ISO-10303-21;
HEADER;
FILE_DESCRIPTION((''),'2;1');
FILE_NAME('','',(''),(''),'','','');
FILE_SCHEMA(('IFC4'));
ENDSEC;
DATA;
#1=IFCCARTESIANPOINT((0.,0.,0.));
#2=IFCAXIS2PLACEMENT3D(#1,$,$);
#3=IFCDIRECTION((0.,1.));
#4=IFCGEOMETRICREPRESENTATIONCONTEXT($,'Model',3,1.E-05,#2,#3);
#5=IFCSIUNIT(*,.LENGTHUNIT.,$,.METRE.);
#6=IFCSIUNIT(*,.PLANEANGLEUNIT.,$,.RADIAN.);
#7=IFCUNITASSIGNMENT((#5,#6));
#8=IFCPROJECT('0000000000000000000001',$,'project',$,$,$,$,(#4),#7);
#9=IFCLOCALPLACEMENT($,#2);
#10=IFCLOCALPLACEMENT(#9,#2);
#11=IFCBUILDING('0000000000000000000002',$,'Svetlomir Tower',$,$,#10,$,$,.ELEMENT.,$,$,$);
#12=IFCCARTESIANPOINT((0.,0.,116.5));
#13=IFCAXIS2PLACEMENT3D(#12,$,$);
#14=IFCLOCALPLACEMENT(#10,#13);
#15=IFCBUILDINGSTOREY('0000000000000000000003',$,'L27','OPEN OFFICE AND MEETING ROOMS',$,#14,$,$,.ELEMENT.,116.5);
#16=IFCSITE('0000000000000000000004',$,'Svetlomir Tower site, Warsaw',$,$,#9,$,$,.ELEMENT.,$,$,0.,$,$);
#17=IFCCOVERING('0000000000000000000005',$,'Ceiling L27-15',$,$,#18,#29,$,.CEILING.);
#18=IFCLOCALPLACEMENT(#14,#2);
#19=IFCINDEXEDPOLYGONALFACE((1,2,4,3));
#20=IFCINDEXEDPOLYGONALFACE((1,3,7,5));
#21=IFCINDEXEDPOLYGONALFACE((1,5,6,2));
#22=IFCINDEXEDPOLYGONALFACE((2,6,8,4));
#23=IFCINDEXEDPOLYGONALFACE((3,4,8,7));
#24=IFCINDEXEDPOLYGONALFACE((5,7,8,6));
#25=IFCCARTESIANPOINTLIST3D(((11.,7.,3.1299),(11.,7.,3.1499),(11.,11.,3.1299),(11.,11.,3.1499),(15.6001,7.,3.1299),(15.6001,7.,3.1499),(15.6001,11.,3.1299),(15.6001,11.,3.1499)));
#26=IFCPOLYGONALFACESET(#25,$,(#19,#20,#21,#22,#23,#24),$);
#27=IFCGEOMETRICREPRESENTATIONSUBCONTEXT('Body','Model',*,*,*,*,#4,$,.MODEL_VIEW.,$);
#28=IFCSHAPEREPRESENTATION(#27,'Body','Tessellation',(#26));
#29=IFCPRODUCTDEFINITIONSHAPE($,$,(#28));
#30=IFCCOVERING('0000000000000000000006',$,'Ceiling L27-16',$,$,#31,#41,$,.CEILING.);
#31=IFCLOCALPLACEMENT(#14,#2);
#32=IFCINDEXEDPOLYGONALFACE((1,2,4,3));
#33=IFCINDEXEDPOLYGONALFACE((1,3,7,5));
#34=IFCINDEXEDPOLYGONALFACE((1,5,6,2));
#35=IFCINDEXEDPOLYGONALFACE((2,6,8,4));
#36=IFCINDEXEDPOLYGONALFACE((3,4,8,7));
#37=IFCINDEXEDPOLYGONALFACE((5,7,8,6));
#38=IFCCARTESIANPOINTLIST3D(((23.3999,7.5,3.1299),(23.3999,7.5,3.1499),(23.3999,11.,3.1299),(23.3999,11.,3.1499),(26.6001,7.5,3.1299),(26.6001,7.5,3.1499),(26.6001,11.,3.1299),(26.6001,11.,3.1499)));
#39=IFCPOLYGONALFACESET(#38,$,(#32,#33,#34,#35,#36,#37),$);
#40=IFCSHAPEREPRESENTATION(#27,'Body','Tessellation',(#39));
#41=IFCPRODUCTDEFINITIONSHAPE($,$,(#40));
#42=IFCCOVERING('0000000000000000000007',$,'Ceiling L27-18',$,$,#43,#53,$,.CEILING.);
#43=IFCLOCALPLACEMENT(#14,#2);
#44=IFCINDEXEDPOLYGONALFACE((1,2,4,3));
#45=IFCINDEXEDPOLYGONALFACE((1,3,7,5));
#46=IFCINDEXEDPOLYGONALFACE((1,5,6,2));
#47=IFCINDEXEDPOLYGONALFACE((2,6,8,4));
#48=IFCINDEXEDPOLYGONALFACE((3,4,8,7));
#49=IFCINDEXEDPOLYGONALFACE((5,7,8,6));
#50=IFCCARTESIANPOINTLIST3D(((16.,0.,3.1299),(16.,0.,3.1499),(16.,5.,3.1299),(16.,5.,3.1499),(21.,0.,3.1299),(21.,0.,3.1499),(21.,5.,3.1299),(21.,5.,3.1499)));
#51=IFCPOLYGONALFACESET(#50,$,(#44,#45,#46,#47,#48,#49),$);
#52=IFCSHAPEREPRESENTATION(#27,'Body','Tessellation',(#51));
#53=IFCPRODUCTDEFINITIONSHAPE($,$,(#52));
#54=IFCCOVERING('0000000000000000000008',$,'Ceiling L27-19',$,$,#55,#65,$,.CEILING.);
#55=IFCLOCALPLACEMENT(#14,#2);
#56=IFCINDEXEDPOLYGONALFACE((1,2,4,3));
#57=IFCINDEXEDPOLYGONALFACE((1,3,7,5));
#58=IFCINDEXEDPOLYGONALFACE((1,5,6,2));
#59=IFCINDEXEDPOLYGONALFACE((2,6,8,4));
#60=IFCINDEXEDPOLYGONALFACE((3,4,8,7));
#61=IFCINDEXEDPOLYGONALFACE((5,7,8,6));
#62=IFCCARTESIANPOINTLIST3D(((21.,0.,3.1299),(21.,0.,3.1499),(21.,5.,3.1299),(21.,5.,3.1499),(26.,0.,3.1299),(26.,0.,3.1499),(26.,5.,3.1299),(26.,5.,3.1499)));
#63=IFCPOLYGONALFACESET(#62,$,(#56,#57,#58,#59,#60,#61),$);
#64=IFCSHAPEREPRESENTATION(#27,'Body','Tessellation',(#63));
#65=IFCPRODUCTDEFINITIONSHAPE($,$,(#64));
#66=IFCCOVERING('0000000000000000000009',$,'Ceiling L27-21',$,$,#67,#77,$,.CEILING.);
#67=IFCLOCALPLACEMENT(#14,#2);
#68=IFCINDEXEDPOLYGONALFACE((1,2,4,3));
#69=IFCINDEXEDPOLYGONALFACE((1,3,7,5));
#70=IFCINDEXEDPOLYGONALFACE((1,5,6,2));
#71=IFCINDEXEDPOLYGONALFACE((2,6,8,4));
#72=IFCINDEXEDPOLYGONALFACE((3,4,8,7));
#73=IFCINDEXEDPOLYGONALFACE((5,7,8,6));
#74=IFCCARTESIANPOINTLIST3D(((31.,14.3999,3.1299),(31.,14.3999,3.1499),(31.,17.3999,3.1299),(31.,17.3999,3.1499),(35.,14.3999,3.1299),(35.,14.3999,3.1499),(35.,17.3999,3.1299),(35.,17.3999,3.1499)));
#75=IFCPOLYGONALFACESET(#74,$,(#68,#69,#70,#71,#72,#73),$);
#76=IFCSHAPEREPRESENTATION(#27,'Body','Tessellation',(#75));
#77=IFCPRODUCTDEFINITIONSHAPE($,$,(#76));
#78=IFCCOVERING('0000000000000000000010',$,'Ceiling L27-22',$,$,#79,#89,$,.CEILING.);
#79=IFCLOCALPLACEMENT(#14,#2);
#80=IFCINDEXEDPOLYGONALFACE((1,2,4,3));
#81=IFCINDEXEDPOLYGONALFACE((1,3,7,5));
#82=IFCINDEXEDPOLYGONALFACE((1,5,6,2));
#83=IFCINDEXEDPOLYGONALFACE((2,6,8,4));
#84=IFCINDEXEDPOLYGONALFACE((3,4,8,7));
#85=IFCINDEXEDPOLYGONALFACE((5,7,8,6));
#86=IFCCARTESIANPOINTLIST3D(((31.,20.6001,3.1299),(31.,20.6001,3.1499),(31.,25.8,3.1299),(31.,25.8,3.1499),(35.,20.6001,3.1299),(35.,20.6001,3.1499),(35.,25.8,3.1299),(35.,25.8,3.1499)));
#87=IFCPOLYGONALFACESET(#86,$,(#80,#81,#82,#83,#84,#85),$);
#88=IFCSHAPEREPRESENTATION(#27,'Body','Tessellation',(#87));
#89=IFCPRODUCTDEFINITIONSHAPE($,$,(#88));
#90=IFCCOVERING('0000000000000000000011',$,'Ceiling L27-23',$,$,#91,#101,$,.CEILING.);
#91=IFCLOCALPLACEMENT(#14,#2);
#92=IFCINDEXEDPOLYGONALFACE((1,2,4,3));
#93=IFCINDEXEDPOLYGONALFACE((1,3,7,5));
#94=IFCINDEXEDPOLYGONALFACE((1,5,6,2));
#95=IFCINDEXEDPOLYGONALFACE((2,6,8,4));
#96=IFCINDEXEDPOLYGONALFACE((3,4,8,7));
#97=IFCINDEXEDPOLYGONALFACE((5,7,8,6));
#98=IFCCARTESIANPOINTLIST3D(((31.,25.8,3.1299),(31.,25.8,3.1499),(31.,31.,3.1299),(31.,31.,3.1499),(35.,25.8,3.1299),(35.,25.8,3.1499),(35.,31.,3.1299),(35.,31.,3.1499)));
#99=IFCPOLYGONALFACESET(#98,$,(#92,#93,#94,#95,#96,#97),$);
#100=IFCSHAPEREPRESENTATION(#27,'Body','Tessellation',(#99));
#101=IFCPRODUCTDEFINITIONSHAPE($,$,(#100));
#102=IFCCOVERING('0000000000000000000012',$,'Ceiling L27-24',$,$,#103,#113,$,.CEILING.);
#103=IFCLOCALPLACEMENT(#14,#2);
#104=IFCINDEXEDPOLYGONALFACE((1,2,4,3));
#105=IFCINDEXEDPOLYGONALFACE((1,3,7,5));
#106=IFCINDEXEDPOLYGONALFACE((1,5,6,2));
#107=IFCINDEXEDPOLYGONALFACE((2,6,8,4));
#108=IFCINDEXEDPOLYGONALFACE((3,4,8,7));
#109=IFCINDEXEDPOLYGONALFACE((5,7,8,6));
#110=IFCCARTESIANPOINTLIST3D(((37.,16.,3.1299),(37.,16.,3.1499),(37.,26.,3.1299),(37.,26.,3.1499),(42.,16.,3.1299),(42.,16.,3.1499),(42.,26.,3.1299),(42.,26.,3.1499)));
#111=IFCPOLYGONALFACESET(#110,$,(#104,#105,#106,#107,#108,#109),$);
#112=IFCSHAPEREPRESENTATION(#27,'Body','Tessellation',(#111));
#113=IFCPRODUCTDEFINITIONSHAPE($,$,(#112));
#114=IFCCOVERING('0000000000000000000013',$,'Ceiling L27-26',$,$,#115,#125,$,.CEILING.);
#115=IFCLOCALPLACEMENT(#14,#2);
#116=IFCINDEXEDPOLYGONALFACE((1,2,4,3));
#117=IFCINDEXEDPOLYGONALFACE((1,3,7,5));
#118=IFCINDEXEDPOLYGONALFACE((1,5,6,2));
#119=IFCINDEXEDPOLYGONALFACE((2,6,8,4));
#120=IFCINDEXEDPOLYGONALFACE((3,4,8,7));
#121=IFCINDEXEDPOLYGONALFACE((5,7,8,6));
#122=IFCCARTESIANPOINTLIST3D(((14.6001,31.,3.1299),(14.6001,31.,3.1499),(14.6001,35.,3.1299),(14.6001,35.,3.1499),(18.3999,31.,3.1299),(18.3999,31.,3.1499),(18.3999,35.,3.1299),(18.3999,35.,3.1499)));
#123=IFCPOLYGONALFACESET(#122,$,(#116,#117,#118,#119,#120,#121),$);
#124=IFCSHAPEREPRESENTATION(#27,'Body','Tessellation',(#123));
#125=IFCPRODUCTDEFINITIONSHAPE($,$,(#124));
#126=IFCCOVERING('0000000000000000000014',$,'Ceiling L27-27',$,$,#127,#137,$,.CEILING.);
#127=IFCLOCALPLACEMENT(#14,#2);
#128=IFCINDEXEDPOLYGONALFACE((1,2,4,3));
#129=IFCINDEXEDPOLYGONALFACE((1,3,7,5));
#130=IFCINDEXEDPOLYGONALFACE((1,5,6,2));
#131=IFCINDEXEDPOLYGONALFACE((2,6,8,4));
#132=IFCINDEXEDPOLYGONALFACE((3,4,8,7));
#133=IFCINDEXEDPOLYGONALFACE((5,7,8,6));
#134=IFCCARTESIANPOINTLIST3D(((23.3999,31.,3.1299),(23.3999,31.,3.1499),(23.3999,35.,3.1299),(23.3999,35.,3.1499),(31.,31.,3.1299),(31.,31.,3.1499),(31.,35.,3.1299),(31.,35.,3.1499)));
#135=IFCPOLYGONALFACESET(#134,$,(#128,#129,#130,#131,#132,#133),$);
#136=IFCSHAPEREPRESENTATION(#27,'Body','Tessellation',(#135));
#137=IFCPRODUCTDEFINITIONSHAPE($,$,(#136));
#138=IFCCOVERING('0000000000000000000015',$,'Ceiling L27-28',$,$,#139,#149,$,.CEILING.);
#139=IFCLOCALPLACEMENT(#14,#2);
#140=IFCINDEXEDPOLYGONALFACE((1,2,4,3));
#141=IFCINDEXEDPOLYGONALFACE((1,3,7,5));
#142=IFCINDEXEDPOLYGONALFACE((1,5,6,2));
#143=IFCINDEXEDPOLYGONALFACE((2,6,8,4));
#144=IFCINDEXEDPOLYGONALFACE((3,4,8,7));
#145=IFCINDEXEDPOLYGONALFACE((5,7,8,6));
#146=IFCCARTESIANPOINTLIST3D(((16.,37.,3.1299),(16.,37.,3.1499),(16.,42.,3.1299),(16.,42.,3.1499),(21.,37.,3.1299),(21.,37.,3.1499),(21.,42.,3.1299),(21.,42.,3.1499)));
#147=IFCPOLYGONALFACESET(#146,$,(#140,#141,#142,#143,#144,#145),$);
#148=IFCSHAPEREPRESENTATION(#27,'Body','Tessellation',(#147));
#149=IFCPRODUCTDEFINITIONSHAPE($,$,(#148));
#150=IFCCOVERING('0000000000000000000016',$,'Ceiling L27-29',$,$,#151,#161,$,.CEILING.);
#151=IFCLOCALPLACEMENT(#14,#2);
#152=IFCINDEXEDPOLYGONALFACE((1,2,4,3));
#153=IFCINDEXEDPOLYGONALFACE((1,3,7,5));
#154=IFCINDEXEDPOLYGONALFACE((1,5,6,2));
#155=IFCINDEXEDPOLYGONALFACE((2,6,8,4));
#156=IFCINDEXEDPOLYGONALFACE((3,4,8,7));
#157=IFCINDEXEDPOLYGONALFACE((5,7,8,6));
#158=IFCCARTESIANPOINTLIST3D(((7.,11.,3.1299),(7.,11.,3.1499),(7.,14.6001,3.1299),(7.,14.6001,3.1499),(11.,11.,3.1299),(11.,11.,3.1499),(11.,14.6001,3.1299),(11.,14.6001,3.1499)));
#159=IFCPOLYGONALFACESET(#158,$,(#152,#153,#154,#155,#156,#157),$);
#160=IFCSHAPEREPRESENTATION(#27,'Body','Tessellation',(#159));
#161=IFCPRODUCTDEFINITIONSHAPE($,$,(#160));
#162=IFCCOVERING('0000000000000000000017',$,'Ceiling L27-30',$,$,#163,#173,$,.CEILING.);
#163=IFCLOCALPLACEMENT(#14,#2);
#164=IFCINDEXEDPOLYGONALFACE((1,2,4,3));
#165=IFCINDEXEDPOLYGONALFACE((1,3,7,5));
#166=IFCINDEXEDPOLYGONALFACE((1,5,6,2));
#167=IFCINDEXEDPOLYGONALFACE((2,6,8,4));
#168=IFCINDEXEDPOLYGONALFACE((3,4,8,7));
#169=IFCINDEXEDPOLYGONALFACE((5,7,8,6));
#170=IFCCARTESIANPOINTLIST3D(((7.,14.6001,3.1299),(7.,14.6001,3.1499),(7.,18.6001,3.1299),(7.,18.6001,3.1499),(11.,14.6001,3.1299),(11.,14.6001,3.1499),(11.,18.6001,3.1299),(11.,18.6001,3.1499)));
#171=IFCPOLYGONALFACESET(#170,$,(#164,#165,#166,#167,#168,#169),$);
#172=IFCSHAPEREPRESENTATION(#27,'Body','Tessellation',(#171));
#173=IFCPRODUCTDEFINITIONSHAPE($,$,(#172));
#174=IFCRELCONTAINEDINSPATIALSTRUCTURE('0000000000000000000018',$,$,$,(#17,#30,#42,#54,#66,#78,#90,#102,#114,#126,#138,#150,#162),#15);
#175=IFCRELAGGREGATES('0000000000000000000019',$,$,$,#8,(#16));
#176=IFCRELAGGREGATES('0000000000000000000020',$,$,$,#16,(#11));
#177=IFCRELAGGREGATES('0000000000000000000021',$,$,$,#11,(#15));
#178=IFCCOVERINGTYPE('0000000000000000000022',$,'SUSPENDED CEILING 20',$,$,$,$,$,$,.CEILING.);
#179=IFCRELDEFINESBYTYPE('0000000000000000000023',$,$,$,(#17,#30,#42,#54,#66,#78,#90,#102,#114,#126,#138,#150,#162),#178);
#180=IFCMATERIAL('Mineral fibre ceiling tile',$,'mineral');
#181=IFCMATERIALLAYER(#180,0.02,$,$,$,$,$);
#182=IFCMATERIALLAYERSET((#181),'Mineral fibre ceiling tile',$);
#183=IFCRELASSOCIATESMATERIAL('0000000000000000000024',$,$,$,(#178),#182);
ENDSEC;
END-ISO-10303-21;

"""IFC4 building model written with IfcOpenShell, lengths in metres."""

from ifc_helpers import new_model, si_unit, direction, frame, origin, place, context, subcontext, project, spatial, polyline, outline, extrude, material, layer, layer_set, type_object, element, save


model = new_model("IFC4")

# Units and contexts
model_context = context("Model", 3, precision=1e-05, world=origin(), true_north=direction((0.0, 1.0)))
body_context = subcontext(model_context, "Body", "Model", "MODEL_VIEW")
ifc_project = project(units=[si_unit("LENGTHUNIT", "METRE"), si_unit("PLANEANGLEUNIT", "RADIAN")], contexts=[model_context])

# Site, building, storey
site_placement = place(None, origin())
site = spatial("IfcSite", under=ifc_project, at=site_placement, Name="Svetlomir Tower site, Warsaw", CompositionType="ELEMENT", RefElevation=0.0)
building_placement = place(site_placement, origin())
building = spatial("IfcBuilding", under=site, at=building_placement, Name="Svetlomir Tower", CompositionType="ELEMENT")
storey_placement = place(building_placement, frame((0.0, 0.0, 116.5)))
storey = spatial("IfcBuildingStorey", under=building, at=storey_placement, Name="L27", Description="OPEN OFFICE AND MEETING ROOMS", CompositionType="ELEMENT", Elevation=116.5)

# Coverings
ifc_material_1 = material(Name="Mineral fibre ceiling tile", Category="mineral")
ifc_layer_1 = layer(ifc_material_1, 0.02)
ifc_layer_set_1 = layer_set([ifc_layer_1], Name="Mineral fibre ceiling tile")
covering_type_1 = type_object("IfcCoveringType", Name="SUSPENDED CEILING 20", PredefinedType="CEILING", material=ifc_layer_set_1)
covering_1_placement = place(storey_placement, frame((0.0, 0.0, 3.1299)))
element("IfcCovering", 1, at=covering_1_placement, inside=storey, type_object=covering_type_1, Name="Ceiling L27-15", PredefinedType="CEILING", context=body_context, shape_type="SweptSolid", body=[
    extrude(outline(polyline([(11.0, 7.0), (15.6001, 7.0), (15.6001, 11.0), (11.0, 11.0), (11.0, 7.0)])), origin(), (0.0, 0.0, 1.0), 0.02),
])
covering_2_placement = place(storey_placement, frame((0.0, 0.0, 3.1299)))
element("IfcCovering", 2, at=covering_2_placement, inside=storey, type_object=covering_type_1, Name="Ceiling L27-16", PredefinedType="CEILING", context=body_context, shape_type="SweptSolid", body=[
    extrude(outline(polyline([(23.3999, 7.5), (26.6001, 7.5), (26.6001, 11.0), (23.3999, 11.0), (23.3999, 7.5)])), origin(), (0.0, 0.0, 1.0), 0.02),
])
covering_3_placement = place(storey_placement, frame((0.0, 0.0, 3.1299)))
element("IfcCovering", 3, at=covering_3_placement, inside=storey, type_object=covering_type_1, Name="Ceiling L27-18", PredefinedType="CEILING", context=body_context, shape_type="SweptSolid", body=[
    extrude(outline(polyline([(16.0, 0.0), (21.0, 0.0), (21.0, 5.0), (16.0, 5.0), (16.0, 0.0)])), origin(), (0.0, 0.0, 1.0), 0.02),
])
covering_4_placement = place(storey_placement, frame((0.0, 0.0, 3.1299)))
element("IfcCovering", 4, at=covering_4_placement, inside=storey, type_object=covering_type_1, Name="Ceiling L27-19", PredefinedType="CEILING", context=body_context, shape_type="SweptSolid", body=[
    extrude(outline(polyline([(21.0, 0.0), (26.0, 0.0), (26.0, 5.0), (21.0, 5.0), (21.0, 0.0)])), origin(), (0.0, 0.0, 1.0), 0.02),
])
covering_5_placement = place(storey_placement, frame((0.0, 0.0, 3.1299)))
element("IfcCovering", 5, at=covering_5_placement, inside=storey, type_object=covering_type_1, Name="Ceiling L27-21", PredefinedType="CEILING", context=body_context, shape_type="SweptSolid", body=[
    extrude(outline(polyline([(31.0, 14.3999), (35.0, 14.3999), (35.0, 17.3999), (31.0, 17.3999), (31.0, 14.3999)])), origin(), (0.0, 0.0, 1.0), 0.02),
])
covering_6_placement = place(storey_placement, frame((0.0, 0.0, 3.1299)))
element("IfcCovering", 6, at=covering_6_placement, inside=storey, type_object=covering_type_1, Name="Ceiling L27-22", PredefinedType="CEILING", context=body_context, shape_type="SweptSolid", body=[
    extrude(outline(polyline([(31.0, 20.6001), (35.0, 20.6001), (35.0, 25.8), (31.0, 25.8), (31.0, 20.6001)])), origin(), (0.0, 0.0, 1.0), 0.02),
])
covering_7_placement = place(storey_placement, frame((0.0, 0.0, 3.1299)))
element("IfcCovering", 7, at=covering_7_placement, inside=storey, type_object=covering_type_1, Name="Ceiling L27-23", PredefinedType="CEILING", context=body_context, shape_type="SweptSolid", body=[
    extrude(outline(polyline([(31.0, 25.8), (35.0, 25.8), (35.0, 31.0), (31.0, 31.0), (31.0, 25.8)])), origin(), (0.0, 0.0, 1.0), 0.02),
])
covering_8_placement = place(storey_placement, frame((0.0, 0.0, 3.1299)))
element("IfcCovering", 8, at=covering_8_placement, inside=storey, type_object=covering_type_1, Name="Ceiling L27-24", PredefinedType="CEILING", context=body_context, shape_type="SweptSolid", body=[
    extrude(outline(polyline([(37.0, 16.0), (42.0, 16.0), (42.0, 26.0), (37.0, 26.0), (37.0, 16.0)])), origin(), (0.0, 0.0, 1.0), 0.02),
])
covering_9_placement = place(storey_placement, frame((0.0, 0.0, 3.1299)))
element("IfcCovering", 9, at=covering_9_placement, inside=storey, type_object=covering_type_1, Name="Ceiling L27-26", PredefinedType="CEILING", context=body_context, shape_type="SweptSolid", body=[
    extrude(outline(polyline([(14.6001, 31.0), (18.3999, 31.0), (18.3999, 35.0), (14.6001, 35.0), (14.6001, 31.0)])), origin(), (0.0, 0.0, 1.0), 0.02),
])
covering_10_placement = place(storey_placement, frame((0.0, 0.0, 3.1299)))
element("IfcCovering", 10, at=covering_10_placement, inside=storey, type_object=covering_type_1, Name="Ceiling L27-27", PredefinedType="CEILING", context=body_context, shape_type="SweptSolid", body=[
    extrude(outline(polyline([(23.3999, 31.0), (31.0, 31.0), (31.0, 35.0), (23.3999, 35.0), (23.3999, 31.0)])), origin(), (0.0, 0.0, 1.0), 0.02),
])
covering_11_placement = place(storey_placement, frame((0.0, 0.0, 3.1299)))
element("IfcCovering", 11, at=covering_11_placement, inside=storey, type_object=covering_type_1, Name="Ceiling L27-28", PredefinedType="CEILING", context=body_context, shape_type="SweptSolid", body=[
    extrude(outline(polyline([(16.0, 37.0), (21.0, 37.0), (21.0, 42.0), (16.0, 42.0), (16.0, 37.0)])), origin(), (0.0, 0.0, 1.0), 0.02),
])
covering_12_placement = place(storey_placement, frame((0.0, 0.0, 3.1299)))
element("IfcCovering", 12, at=covering_12_placement, inside=storey, type_object=covering_type_1, Name="Ceiling L27-29", PredefinedType="CEILING", context=body_context, shape_type="SweptSolid", body=[
    extrude(outline(polyline([(7.0, 11.0), (11.0, 11.0), (11.0, 14.6001), (7.0, 14.6001), (7.0, 11.0)])), origin(), (0.0, 0.0, 1.0), 0.02),
])
covering_13_placement = place(storey_placement, frame((0.0, 0.0, 3.1299)))
element("IfcCovering", 13, at=covering_13_placement, inside=storey, type_object=covering_type_1, Name="Ceiling L27-30", PredefinedType="CEILING", context=body_context, shape_type="SweptSolid", body=[
    extrude(outline(polyline([(7.0, 14.6001), (11.0, 14.6001), (11.0, 18.6001), (7.0, 18.6001), (7.0, 14.6001)])), origin(), (0.0, 0.0, 1.0), 0.02),
])

save(model, "model.ifc")
